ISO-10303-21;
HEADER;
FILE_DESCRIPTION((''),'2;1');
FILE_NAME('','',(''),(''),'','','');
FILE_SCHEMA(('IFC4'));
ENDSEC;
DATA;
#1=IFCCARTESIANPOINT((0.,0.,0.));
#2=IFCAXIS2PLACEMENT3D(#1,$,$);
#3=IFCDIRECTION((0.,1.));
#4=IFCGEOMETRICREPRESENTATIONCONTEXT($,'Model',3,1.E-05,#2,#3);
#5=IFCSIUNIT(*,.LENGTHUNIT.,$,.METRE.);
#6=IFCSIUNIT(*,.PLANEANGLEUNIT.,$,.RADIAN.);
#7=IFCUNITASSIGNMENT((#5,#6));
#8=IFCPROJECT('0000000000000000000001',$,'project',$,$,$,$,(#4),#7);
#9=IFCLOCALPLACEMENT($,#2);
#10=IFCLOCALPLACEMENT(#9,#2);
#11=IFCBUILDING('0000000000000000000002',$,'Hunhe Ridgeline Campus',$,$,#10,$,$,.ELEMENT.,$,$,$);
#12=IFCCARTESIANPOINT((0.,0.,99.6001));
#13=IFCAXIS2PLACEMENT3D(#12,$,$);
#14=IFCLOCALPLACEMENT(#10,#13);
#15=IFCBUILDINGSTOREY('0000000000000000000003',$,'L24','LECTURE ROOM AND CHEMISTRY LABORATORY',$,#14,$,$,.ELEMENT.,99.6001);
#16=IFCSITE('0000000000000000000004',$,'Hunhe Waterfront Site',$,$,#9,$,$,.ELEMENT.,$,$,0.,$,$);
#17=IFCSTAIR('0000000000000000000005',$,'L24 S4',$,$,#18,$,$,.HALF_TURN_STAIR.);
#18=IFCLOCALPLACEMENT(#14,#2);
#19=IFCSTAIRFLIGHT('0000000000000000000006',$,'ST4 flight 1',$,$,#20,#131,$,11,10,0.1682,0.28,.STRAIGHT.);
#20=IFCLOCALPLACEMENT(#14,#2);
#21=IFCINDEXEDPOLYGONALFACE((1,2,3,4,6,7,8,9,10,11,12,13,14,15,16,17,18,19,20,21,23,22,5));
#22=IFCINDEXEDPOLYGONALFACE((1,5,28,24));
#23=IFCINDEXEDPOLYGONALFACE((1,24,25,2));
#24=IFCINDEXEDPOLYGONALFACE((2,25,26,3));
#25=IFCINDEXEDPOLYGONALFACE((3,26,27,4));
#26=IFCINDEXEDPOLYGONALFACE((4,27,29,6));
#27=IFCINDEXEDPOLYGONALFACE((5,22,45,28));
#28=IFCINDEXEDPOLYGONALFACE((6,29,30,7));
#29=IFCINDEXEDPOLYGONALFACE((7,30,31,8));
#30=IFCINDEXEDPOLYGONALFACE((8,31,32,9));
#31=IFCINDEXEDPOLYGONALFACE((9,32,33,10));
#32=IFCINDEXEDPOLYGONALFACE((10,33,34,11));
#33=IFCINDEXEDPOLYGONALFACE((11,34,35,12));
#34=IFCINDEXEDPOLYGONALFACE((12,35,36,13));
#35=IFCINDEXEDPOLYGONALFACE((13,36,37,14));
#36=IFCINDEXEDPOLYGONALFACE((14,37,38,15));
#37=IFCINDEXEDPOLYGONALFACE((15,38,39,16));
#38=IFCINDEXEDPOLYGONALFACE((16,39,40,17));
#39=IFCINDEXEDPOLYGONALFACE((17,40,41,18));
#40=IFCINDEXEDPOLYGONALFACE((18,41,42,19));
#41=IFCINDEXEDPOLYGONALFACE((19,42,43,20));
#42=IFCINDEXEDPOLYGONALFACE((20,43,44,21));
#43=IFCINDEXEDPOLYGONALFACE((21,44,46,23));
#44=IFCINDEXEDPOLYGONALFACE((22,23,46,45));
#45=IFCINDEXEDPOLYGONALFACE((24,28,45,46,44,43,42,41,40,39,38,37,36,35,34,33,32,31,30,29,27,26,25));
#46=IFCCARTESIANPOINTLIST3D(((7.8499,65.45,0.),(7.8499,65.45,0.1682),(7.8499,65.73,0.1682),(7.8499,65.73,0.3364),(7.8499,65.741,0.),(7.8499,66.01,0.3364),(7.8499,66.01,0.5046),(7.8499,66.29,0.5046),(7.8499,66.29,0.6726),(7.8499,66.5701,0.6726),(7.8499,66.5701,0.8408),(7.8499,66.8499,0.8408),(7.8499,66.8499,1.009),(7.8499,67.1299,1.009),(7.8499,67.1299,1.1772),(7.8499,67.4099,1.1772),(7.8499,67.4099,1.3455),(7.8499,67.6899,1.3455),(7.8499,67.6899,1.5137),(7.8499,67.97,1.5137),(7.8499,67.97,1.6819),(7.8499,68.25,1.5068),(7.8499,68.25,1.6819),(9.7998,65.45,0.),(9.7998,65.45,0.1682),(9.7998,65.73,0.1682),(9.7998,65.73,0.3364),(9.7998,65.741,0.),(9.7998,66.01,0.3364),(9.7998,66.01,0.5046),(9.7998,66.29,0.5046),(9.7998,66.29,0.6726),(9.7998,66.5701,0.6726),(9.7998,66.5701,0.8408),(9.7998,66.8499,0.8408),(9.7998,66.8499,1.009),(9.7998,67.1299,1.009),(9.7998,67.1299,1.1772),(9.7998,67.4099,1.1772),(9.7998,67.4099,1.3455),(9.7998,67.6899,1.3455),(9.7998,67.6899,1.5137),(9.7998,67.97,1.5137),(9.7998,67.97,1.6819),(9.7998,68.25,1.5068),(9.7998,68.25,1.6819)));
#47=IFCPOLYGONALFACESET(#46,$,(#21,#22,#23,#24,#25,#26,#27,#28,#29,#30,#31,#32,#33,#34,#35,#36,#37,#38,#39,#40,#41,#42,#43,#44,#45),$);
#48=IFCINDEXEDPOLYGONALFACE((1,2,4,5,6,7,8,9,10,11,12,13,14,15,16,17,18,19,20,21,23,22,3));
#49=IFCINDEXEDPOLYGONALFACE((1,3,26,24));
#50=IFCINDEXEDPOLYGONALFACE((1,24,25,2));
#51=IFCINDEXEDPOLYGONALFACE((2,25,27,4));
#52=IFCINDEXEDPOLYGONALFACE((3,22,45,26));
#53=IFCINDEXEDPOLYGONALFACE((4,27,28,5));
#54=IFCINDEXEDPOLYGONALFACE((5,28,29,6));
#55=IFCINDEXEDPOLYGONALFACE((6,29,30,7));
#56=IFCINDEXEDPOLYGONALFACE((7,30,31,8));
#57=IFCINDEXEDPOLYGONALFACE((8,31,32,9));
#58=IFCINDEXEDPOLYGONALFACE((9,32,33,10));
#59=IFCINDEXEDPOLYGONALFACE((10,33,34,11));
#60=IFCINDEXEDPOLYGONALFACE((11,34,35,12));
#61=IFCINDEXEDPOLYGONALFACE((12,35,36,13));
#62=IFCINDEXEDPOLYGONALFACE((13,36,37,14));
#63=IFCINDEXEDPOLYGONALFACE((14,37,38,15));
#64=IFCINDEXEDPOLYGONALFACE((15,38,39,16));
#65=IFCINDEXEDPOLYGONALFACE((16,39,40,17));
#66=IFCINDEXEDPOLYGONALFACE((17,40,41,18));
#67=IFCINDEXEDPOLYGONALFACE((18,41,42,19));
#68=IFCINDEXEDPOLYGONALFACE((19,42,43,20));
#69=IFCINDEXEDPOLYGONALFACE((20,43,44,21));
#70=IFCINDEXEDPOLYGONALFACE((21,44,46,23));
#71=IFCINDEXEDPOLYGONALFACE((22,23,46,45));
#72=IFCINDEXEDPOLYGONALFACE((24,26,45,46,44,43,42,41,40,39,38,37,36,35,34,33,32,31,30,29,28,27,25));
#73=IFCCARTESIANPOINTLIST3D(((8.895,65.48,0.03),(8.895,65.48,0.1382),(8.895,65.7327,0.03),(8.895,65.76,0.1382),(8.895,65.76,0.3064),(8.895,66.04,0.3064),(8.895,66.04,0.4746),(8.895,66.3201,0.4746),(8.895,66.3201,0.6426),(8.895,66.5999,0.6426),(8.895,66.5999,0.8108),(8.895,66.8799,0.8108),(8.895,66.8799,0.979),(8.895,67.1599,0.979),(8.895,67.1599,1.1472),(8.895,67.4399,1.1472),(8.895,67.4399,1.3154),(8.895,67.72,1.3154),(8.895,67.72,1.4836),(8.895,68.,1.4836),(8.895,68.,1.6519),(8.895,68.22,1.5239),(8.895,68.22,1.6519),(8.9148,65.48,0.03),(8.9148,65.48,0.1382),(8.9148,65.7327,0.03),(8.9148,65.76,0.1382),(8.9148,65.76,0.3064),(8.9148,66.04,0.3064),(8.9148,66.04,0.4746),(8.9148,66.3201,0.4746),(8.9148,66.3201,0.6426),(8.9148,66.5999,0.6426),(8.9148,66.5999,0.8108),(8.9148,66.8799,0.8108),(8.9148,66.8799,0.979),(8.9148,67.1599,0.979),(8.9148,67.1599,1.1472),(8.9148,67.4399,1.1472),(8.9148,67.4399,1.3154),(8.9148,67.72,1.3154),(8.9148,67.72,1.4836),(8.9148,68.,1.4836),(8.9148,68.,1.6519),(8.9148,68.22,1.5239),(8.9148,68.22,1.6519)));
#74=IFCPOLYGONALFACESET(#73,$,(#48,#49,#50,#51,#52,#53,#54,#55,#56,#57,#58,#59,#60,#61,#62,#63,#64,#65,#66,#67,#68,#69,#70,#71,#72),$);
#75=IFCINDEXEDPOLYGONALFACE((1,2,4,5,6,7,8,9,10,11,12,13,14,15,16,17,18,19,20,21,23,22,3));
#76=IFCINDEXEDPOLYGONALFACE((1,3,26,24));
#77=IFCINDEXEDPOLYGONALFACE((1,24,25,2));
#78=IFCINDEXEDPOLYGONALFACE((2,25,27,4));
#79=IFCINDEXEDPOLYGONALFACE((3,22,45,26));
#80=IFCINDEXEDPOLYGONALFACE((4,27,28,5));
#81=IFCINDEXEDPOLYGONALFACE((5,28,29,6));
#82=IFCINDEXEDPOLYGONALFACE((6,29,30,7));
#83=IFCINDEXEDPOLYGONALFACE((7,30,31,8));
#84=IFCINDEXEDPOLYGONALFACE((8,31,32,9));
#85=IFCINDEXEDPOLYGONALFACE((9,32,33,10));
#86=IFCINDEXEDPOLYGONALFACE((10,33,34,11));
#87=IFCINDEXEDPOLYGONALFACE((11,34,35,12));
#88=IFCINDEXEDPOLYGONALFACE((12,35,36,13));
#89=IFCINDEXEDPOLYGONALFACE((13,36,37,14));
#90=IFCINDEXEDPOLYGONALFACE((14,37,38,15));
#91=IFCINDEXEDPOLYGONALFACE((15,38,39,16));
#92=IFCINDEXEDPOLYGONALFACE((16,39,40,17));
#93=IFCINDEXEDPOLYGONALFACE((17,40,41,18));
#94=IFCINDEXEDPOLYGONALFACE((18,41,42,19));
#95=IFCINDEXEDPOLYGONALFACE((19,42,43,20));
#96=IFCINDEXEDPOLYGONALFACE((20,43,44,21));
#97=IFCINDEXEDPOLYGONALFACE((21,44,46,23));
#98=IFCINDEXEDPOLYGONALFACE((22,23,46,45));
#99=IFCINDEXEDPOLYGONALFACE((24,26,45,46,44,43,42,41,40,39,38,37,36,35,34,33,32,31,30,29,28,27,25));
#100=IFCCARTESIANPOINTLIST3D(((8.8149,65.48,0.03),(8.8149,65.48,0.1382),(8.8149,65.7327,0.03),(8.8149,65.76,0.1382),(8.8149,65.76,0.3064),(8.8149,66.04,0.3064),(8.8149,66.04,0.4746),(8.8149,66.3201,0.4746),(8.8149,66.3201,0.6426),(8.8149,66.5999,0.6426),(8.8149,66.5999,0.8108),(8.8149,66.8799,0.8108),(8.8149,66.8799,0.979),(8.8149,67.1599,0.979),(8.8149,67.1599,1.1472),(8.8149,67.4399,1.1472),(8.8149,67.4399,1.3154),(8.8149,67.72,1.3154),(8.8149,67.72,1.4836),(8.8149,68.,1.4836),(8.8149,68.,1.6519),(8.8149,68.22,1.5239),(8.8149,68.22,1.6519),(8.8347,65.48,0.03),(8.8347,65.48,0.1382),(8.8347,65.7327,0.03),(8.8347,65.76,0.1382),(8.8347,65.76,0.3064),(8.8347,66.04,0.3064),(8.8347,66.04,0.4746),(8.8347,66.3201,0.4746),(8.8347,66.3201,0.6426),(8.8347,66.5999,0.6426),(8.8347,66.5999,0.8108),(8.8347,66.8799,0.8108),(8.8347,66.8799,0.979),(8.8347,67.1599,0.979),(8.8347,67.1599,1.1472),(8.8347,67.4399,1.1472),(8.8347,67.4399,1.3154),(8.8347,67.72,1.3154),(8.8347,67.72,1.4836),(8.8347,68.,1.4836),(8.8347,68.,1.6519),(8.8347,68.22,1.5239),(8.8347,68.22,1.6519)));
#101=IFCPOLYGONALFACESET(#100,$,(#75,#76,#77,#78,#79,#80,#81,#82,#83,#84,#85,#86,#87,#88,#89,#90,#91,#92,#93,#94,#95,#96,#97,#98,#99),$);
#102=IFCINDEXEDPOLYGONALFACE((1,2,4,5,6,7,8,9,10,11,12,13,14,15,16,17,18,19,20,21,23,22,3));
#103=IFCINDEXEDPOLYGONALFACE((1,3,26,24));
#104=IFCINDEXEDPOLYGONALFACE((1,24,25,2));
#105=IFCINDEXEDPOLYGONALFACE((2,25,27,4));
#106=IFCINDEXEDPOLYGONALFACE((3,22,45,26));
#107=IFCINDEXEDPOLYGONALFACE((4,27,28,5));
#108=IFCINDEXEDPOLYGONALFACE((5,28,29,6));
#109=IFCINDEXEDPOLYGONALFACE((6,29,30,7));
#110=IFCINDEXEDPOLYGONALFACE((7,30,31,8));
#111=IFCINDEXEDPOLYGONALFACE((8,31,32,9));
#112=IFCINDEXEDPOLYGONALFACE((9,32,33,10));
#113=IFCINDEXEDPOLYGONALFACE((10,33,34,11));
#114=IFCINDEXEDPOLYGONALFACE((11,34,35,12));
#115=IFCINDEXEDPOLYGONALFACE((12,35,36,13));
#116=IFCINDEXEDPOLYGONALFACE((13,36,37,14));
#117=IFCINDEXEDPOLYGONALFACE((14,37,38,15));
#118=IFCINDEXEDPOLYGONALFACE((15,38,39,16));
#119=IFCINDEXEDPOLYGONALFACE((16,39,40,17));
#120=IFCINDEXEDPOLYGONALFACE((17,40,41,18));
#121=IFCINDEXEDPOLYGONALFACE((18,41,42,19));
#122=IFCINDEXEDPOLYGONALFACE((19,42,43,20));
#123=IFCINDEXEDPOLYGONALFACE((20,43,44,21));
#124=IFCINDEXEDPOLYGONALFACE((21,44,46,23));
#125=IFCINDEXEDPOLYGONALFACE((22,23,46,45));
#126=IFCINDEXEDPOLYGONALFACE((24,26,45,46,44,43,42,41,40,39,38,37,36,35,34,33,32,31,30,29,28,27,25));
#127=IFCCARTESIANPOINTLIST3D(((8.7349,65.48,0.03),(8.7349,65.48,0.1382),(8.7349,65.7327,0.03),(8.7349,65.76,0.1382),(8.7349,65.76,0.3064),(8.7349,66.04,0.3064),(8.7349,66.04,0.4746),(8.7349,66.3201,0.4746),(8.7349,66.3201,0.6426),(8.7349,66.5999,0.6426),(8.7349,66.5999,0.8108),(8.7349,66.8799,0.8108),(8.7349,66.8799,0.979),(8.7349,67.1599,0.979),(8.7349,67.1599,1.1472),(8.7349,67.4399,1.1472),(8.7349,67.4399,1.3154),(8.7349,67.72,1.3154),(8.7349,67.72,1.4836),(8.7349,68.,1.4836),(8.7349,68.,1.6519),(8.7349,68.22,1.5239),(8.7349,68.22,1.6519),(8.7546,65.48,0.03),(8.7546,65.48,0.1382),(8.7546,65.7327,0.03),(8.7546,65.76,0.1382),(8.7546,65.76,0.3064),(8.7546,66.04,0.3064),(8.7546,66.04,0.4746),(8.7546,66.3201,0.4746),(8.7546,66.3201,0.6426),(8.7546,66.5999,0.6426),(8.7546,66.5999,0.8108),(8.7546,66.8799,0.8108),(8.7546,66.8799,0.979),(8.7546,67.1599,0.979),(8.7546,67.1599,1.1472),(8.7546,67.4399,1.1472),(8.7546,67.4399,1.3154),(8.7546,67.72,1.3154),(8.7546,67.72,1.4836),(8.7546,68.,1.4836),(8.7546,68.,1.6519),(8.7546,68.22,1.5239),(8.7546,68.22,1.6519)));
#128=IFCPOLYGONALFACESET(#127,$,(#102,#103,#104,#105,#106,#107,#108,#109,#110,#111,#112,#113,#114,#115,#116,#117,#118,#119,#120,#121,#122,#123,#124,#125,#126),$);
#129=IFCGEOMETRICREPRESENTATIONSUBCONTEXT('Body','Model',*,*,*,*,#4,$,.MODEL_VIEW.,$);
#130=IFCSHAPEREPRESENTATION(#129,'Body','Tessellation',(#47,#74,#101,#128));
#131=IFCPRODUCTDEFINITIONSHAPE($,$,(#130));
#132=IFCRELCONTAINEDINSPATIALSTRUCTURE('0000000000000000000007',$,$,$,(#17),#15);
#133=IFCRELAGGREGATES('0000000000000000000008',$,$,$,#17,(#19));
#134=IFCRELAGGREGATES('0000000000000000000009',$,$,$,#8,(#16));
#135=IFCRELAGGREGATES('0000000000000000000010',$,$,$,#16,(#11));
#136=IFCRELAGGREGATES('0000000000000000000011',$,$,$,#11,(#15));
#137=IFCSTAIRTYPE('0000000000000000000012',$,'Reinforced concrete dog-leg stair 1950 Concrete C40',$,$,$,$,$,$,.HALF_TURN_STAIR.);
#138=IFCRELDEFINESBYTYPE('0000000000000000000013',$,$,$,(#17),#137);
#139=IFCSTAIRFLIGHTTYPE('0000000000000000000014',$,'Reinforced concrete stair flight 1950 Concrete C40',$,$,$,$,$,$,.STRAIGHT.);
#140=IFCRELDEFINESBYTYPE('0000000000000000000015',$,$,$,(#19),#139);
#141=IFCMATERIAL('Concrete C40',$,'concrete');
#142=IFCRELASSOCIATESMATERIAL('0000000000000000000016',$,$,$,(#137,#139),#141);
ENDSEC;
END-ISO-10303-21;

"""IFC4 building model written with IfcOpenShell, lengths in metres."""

from ifc_helpers import new_model, si_unit, direction, frame, origin, place, context, subcontext, project, spatial, polyline, outline, extrude, material, type_object, element, aggregate, save


model = new_model("IFC4")

# Units and contexts
model_context = context("Model", 3, precision=1e-05, world=origin(), true_north=direction((0.0, 1.0)))
body_context = subcontext(model_context, "Body", "Model", "MODEL_VIEW")
ifc_project = project(units=[si_unit("LENGTHUNIT", "METRE"), si_unit("PLANEANGLEUNIT", "RADIAN")], contexts=[model_context])

# Site, building, storey
site_placement = place(None, origin())
site = spatial("IfcSite", under=ifc_project, at=site_placement, Name="Hunhe Waterfront Site", CompositionType="ELEMENT", RefElevation=0.0)
building_placement = place(site_placement, origin())
building = spatial("IfcBuilding", under=site, at=building_placement, Name="Hunhe Ridgeline Campus", CompositionType="ELEMENT")
storey_placement = place(building_placement, frame((0.0, 0.0, 99.6001)))
storey = spatial("IfcBuildingStorey", under=building, at=storey_placement, Name="L24", Description="LECTURE ROOM AND CHEMISTRY LABORATORY", CompositionType="ELEMENT", Elevation=99.6001)

# Stair, stair flight
ifc_material_1 = material(Name="Concrete C40", Category="concrete")
stair_type = type_object("IfcStairType", Name="Reinforced concrete dog-leg stair 1950 Concrete C40", PredefinedType="HALF_TURN_STAIR", material=ifc_material_1)
stair_flight_type = type_object("IfcStairFlightType", Name="Reinforced concrete stair flight 1950 Concrete C40", PredefinedType="STRAIGHT", material=ifc_material_1)
stair_1_placement = place(storey_placement, origin())
stair_1 = element("IfcStair", 1, at=stair_1_placement, inside=storey, type_object=stair_type, Name="L24 S4", PredefinedType="HALF_TURN_STAIR")
stair_flight_1_placement = place(storey_placement, frame((8.825, 65.45, 0.0), z_axis=(0.0, 0.0, 1.0), x_axis=(0.0, 1.0, 0.0)))
stair_flight_1 = element("IfcStairFlight", 2, at=stair_flight_1_placement, type_object=stair_flight_type, Name="ST4 flight 1", NumberOfRisers=11, NumberOfTreads=10, PredefinedType="STRAIGHT", RiserHeight=0.1682, TreadLength=0.28, context=body_context, shape_type="SweptSolid", body=[
    extrude(outline(polyline([(0.0, 0.0), (0.0, 0.1682), (0.28, 0.1682), (0.28, 0.3364), (0.5601, 0.3364), (0.5601, 0.5046), (0.8401, 0.5046), (0.8401, 0.6726), (1.1201, 0.6726), (1.1201, 0.8408), (1.3999, 0.8408), (1.3999, 1.009), (1.6799, 1.009), (1.6799, 1.1772), (1.96, 1.1772), (1.96, 1.3455), (2.24, 1.3455), (2.24, 1.5137), (2.52, 1.5137), (2.52, 1.6819), (2.8, 1.6819), (2.8, 1.8501), (2.8, 1.5068), (0.291, 0.0), (0.0, 0.0)])), frame((0.0, 0.9751, 0.0), z_axis=(0.0, -1.0, 0.0), x_axis=(1.0, 0.0, 0.0)), (0.0, 0.0, 1.0), 1.95),
    extrude(outline(polyline([(0.03, 0.03), (0.03, 0.1382), (0.3101, 0.1382), (0.3101, 0.3064), (0.5901, 0.3064), (0.5901, 0.4746), (0.8701, 0.4746), (0.8701, 0.6426), (1.1499, 0.6426), (1.1499, 0.8108), (1.4299, 0.8108), (1.4299, 0.979), (1.71, 0.979), (1.71, 1.1472), (1.99, 1.1472), (1.99, 1.3154), (2.27, 1.3154), (2.27, 1.4836), (2.55, 1.4836), (2.55, 1.6519), (2.77, 1.6519), (2.77, 1.5239), (0.2827, 0.03), (0.03, 0.03)])), frame((0.0, -0.0701, 0.0), z_axis=(0.0, -1.0, 0.0), x_axis=(1.0, 0.0, 0.0)), (0.0, 0.0, 1.0), 0.0198),
    extrude(outline(polyline([(0.03, 0.03), (0.03, 0.1382), (0.3101, 0.1382), (0.3101, 0.3064), (0.5901, 0.3064), (0.5901, 0.4746), (0.8701, 0.4746), (0.8701, 0.6426), (1.1499, 0.6426), (1.1499, 0.8108), (1.4299, 0.8108), (1.4299, 0.979), (1.71, 0.979), (1.71, 1.1472), (1.99, 1.1472), (1.99, 1.3154), (2.27, 1.3154), (2.27, 1.4836), (2.55, 1.4836), (2.55, 1.6519), (2.77, 1.6519), (2.77, 1.5239), (0.2827, 0.03), (0.03, 0.03)])), frame((0.0, 0.01, 0.0), z_axis=(0.0, -1.0, 0.0), x_axis=(1.0, 0.0, 0.0)), (0.0, 0.0, 1.0), 0.0198),
    extrude(outline(polyline([(0.03, 0.03), (0.03, 0.1382), (0.3101, 0.1382), (0.3101, 0.3064), (0.5901, 0.3064), (0.5901, 0.4746), (0.8701, 0.4746), (0.8701, 0.6426), (1.1499, 0.6426), (1.1499, 0.8108), (1.4299, 0.8108), (1.4299, 0.979), (1.71, 0.979), (1.71, 1.1472), (1.99, 1.1472), (1.99, 1.3154), (2.27, 1.3154), (2.27, 1.4836), (2.55, 1.4836), (2.55, 1.6519), (2.77, 1.6519), (2.77, 1.5239), (0.2827, 0.03), (0.03, 0.03)])), frame((0.0, 0.0901, 0.0), z_axis=(0.0, -1.0, 0.0), x_axis=(1.0, 0.0, 0.0)), (0.0, 0.0, 1.0), 0.0198),
])
aggregate(stair_1, [stair_flight_1])

save(model, "model.ifc")
